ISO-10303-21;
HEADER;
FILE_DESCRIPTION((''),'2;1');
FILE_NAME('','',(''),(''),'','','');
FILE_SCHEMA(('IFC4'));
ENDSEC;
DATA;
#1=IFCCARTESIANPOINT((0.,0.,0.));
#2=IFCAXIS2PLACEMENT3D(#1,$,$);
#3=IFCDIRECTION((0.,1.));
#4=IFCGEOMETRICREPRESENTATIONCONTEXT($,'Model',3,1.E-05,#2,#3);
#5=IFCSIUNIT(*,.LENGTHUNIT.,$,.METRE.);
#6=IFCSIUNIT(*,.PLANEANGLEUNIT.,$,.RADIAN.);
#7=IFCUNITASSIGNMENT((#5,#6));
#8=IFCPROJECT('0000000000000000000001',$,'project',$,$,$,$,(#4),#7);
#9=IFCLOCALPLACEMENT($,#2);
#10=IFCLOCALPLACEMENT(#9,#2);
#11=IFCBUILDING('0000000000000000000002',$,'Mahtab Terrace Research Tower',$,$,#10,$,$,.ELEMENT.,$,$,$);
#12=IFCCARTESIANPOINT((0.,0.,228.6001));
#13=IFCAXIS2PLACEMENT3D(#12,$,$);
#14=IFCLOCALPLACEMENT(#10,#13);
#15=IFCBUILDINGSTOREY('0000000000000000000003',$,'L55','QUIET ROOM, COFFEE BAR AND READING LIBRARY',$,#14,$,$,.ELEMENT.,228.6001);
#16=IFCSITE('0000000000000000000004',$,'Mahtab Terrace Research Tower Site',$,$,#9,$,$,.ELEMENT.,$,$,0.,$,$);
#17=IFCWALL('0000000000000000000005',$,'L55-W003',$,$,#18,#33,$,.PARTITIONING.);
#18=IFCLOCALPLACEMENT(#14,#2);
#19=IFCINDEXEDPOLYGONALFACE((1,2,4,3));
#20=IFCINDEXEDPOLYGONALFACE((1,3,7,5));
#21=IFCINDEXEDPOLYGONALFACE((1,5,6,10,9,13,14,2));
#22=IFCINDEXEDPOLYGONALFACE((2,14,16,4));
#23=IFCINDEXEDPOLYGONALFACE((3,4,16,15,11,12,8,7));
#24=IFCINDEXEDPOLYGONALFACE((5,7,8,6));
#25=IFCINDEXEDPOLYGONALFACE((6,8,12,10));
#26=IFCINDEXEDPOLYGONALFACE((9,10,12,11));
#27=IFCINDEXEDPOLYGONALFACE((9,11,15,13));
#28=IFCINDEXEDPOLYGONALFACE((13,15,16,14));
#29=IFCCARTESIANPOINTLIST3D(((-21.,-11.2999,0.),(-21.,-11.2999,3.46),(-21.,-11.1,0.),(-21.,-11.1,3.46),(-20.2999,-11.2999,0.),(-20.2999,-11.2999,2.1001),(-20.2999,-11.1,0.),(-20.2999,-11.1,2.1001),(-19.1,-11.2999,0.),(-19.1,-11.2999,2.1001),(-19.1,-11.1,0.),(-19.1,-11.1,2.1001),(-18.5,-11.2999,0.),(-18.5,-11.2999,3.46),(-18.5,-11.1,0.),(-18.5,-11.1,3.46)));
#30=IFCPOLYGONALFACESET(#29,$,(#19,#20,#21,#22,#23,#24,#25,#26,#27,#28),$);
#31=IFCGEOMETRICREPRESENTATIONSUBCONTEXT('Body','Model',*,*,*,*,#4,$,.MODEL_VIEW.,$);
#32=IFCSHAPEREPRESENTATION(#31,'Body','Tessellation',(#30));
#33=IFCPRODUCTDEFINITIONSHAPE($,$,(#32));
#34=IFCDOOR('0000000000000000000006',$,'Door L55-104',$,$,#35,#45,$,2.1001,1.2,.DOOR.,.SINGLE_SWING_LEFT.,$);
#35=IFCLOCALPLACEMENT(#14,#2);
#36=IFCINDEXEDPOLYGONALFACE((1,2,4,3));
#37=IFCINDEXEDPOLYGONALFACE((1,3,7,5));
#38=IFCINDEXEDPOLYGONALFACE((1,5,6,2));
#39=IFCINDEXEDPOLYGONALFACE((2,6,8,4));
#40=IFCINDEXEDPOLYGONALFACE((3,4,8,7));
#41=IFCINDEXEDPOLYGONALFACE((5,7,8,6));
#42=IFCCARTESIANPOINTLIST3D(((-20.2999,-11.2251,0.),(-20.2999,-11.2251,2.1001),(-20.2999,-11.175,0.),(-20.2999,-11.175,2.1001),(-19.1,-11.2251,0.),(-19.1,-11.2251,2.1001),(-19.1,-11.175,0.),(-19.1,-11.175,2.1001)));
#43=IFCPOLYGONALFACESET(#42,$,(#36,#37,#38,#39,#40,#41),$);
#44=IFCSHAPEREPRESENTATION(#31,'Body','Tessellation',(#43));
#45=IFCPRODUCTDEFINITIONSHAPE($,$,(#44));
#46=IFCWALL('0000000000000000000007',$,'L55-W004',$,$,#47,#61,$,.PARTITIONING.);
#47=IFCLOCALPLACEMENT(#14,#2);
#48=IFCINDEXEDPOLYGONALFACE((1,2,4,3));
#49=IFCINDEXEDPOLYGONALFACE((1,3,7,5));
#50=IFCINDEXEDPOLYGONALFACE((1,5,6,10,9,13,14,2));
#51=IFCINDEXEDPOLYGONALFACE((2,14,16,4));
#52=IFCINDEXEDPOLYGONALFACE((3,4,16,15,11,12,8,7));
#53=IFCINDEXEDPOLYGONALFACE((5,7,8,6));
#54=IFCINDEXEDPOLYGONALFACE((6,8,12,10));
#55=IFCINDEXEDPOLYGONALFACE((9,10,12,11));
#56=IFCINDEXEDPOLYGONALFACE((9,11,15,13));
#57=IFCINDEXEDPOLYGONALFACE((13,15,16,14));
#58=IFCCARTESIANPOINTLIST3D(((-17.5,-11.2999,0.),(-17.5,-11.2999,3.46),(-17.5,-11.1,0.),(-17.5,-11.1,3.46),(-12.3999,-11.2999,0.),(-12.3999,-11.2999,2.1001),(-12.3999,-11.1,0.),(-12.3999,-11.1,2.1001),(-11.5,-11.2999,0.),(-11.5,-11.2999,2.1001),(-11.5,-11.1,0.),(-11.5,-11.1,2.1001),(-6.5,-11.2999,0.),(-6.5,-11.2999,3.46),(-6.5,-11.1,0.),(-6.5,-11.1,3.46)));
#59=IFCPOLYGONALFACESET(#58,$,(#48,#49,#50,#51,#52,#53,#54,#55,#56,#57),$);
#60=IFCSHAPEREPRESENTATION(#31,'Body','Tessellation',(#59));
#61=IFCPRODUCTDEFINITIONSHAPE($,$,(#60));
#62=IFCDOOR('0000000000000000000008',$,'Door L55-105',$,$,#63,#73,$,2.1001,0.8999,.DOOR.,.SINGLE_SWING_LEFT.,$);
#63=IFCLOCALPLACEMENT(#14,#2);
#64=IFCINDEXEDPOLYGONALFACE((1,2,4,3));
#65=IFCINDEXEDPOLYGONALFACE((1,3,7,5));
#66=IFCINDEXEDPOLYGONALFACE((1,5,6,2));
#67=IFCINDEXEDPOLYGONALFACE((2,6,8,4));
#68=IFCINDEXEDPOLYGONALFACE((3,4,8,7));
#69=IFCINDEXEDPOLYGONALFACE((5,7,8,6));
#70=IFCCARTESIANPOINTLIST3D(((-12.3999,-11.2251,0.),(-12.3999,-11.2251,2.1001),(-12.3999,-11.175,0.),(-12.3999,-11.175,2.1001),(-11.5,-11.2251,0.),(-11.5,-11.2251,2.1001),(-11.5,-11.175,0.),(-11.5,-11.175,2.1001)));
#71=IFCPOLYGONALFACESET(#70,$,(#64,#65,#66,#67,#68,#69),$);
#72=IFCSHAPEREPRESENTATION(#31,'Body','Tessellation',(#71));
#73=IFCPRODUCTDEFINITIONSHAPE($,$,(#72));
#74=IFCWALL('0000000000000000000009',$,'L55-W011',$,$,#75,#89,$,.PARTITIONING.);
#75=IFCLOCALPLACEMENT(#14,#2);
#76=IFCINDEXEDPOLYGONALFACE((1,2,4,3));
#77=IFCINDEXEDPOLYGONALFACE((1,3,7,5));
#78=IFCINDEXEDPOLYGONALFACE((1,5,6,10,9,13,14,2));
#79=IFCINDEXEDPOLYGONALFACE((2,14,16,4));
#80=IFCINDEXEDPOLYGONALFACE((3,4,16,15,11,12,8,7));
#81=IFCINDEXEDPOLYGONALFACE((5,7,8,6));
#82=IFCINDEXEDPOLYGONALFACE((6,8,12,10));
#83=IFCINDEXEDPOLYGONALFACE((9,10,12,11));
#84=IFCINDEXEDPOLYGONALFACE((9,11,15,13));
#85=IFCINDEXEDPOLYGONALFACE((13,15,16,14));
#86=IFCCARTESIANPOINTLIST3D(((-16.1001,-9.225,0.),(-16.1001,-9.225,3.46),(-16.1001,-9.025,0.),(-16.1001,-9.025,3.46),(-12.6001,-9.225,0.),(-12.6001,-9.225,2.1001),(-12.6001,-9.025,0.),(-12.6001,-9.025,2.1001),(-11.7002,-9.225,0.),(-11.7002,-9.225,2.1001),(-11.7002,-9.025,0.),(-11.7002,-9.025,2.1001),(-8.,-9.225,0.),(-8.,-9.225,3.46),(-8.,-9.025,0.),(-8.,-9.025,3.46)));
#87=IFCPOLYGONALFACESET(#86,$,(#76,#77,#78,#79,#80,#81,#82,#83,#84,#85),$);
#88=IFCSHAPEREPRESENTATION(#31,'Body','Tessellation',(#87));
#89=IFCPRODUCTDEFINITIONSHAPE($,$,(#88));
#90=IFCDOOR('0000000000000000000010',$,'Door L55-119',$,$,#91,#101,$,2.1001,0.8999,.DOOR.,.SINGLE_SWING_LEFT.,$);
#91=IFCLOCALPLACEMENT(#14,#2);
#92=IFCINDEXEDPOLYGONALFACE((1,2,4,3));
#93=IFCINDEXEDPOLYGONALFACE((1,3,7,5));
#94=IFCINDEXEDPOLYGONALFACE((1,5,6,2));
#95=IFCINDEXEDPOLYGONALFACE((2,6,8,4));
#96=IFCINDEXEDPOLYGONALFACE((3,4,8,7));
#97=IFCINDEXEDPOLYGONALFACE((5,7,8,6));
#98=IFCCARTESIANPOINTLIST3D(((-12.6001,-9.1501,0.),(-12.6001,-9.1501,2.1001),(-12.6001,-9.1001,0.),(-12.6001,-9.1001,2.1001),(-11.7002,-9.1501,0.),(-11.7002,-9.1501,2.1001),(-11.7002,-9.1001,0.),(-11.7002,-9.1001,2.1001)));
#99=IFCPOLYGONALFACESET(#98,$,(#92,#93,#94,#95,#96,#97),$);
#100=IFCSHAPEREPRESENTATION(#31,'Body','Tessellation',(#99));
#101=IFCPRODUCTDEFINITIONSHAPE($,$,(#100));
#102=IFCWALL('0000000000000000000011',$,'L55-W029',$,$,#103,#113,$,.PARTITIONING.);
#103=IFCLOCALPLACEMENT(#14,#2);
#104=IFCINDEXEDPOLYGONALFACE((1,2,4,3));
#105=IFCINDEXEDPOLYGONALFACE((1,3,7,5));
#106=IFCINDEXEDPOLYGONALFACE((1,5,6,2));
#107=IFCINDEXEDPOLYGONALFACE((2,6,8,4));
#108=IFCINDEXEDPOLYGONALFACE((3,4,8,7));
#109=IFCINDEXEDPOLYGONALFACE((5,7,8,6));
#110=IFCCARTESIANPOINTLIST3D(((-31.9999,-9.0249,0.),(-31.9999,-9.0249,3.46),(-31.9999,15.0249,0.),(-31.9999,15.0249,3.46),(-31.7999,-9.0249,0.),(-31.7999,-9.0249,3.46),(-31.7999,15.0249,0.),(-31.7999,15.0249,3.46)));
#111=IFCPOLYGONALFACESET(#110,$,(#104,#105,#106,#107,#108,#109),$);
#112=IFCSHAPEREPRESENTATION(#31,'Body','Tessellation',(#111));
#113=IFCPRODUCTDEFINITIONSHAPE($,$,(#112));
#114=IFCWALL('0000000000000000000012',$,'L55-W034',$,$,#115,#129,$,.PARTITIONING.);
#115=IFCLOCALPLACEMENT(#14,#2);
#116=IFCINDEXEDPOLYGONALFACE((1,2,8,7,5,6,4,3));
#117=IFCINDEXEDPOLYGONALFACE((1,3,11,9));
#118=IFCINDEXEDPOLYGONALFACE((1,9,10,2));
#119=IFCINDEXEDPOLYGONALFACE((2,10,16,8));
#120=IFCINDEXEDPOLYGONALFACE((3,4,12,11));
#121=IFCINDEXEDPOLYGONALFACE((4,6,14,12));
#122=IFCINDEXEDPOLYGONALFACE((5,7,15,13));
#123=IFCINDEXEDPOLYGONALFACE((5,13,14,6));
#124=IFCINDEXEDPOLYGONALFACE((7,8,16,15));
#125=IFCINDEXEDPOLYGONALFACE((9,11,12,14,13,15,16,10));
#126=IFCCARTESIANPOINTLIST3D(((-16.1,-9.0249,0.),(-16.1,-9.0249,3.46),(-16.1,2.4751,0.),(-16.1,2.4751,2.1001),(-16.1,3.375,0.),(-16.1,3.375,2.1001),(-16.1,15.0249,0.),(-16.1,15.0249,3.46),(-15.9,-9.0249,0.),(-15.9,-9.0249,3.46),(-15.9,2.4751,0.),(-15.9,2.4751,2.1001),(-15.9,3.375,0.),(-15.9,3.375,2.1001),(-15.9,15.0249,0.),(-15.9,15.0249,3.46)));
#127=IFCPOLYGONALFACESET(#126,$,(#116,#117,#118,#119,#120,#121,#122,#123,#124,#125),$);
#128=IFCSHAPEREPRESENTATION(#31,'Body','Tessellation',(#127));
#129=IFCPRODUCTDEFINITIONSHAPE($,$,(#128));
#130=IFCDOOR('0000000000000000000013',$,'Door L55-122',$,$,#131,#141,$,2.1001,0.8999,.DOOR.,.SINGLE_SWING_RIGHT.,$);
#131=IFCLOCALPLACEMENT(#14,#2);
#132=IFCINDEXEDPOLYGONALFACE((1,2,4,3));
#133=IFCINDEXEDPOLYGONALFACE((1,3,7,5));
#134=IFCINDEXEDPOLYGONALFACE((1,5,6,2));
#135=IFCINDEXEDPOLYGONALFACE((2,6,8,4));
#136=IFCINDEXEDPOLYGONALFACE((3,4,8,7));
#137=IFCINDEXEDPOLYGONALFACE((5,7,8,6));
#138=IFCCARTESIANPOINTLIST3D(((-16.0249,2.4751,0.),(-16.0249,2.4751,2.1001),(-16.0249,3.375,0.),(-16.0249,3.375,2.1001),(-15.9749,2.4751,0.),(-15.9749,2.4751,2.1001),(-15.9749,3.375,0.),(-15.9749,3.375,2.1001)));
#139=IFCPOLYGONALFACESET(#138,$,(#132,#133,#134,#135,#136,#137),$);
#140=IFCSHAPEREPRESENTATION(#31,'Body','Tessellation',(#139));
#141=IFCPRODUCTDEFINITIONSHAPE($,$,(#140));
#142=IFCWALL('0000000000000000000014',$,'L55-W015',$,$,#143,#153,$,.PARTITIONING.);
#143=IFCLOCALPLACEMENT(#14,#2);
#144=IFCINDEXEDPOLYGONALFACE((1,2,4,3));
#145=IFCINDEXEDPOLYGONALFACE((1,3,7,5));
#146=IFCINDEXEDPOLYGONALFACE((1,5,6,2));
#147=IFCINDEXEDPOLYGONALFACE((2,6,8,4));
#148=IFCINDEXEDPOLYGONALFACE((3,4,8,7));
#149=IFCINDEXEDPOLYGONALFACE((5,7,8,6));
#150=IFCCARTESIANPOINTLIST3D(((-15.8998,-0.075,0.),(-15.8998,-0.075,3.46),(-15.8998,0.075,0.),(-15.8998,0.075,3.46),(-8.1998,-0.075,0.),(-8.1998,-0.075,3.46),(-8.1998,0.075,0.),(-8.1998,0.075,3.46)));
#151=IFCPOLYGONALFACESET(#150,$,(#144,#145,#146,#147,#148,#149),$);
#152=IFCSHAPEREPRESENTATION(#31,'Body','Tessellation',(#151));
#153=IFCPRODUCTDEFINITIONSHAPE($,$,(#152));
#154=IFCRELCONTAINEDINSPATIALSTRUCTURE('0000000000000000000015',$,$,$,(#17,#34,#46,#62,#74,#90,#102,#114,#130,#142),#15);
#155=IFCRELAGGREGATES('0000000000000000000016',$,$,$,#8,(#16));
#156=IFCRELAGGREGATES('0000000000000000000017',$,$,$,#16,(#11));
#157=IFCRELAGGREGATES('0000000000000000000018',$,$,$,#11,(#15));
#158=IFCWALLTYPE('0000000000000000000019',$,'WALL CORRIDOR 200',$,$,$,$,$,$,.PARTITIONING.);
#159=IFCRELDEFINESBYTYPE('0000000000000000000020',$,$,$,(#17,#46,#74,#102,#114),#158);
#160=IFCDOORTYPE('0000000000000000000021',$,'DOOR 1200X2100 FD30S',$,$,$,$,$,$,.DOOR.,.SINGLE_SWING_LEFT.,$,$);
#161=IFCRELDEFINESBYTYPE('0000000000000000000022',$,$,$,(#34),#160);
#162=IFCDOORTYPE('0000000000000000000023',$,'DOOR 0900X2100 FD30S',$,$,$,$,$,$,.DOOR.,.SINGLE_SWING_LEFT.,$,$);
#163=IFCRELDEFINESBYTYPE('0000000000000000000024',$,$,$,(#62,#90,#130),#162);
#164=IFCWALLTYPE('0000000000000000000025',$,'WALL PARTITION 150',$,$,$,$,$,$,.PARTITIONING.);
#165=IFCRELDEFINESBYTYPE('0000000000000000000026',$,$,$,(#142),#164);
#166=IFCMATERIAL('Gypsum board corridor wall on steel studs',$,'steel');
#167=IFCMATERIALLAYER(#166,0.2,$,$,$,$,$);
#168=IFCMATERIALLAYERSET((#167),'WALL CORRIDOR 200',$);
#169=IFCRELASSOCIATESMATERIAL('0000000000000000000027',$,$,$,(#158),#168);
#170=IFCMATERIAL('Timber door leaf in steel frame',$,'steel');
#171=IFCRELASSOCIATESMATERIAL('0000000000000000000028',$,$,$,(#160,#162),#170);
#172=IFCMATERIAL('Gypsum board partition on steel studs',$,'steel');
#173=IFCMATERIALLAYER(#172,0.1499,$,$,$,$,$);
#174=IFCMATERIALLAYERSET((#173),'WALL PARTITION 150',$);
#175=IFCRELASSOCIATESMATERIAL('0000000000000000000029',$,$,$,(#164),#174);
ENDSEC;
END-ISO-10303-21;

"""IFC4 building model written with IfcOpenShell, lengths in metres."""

from ifc_helpers import new_model, si_unit, direction, frame, frame_2d, origin, place, context, subcontext, project, spatial, rectangle, extrude, material, layer, layer_set, type_object, element, fill, save


model = new_model("IFC4")

# Units and contexts
model_context = context("Model", 3, precision=1e-05, world=origin(), true_north=direction((0.0, 1.0)))
body_context = subcontext(model_context, "Body", "Model", "MODEL_VIEW")
ifc_project = project(units=[si_unit("LENGTHUNIT", "METRE"), si_unit("PLANEANGLEUNIT", "RADIAN")], contexts=[model_context])

# Site, building, storey
site_placement = place(None, origin())
site = spatial("IfcSite", under=ifc_project, at=site_placement, Name="Mahtab Terrace Research Tower Site", CompositionType="ELEMENT", RefElevation=0.0)
building_placement = place(site_placement, origin())
building = spatial("IfcBuilding", under=site, at=building_placement, Name="Mahtab Terrace Research Tower", CompositionType="ELEMENT")
storey_placement = place(building_placement, frame((0.0, 0.0, 228.6001)))
storey = spatial("IfcBuildingStorey", under=building, at=storey_placement, Name="L55", Description="QUIET ROOM, COFFEE BAR AND READING LIBRARY", CompositionType="ELEMENT", Elevation=228.6001)

# Walls, openings, doors
ifc_material_1 = material(Name="Gypsum board corridor wall on steel studs", Category="steel")
ifc_layer_1 = layer(ifc_material_1, 0.2)
ifc_layer_set_1 = layer_set([ifc_layer_1], Name="WALL CORRIDOR 200")
wall_type_1 = type_object("IfcWallType", Name="WALL CORRIDOR 200", PredefinedType="PARTITIONING", material=ifc_layer_set_1)
ifc_material_2 = material(Name="Timber door leaf in steel frame", Category="steel")
wall_1_placement = place(storey_placement, frame((-21.0, -11.2, 0.0), z_axis=(0.0, 0.0, 1.0), x_axis=(1.0, 0.0, 0.0)))
wall_1 = element("IfcWall", 1, at=wall_1_placement, inside=storey, type_object=wall_type_1, Name="L55-W003", PredefinedType="PARTITIONING", context=body_context, shape_type="SweptSolid", body=[
    extrude(rectangle(XDim=2.5, YDim=0.2, at=frame_2d((1.25, 0.0))), origin(), (0.0, 0.0, 1.0), 3.46),
])
opening_1_placement = place(wall_1_placement, frame((0.7, 0.0, 0.0)))
opening_1 = element("IfcOpeningElement", 2, at=opening_1_placement, cuts=wall_1, PredefinedType="OPENING", context=body_context, shape_type="SweptSolid", body=[
    extrude(rectangle(XDim=1.2, YDim=2.1001, at=frame_2d((0.6001, 1.05))), frame((0.0, 0.1099, 0.0), z_axis=(0.0, -1.0, 0.0), x_axis=(1.0, 0.0, 0.0)), (0.0, 0.0, 1.0), 0.22),
])
door_type_1 = type_object("IfcDoorType", Name="DOOR 1200X2100 FD30S", OperationType="SINGLE_SWING_LEFT", PredefinedType="DOOR", material=ifc_material_2)
door_1_placement = place(opening_1_placement, origin())
door_1 = element("IfcDoor", 3, at=door_1_placement, inside=storey, type_object=door_type_1, Name="Door L55-104", OperationType="SINGLE_SWING_LEFT", OverallHeight=2.1001, OverallWidth=1.2, PredefinedType="DOOR", context=body_context, shape_type="SweptSolid", body=[
    extrude(rectangle(XDim=1.2, YDim=2.1001, at=frame_2d((0.6001, 1.05))), frame((0.0, 0.0249, 0.0), z_axis=(0.0, -1.0, 0.0), x_axis=(1.0, 0.0, 0.0)), (0.0, 0.0, 1.0), 0.05),
])
fill(opening_1, door_1)
wall_2_placement = place(storey_placement, frame((-17.5, -11.2, 0.0), z_axis=(0.0, 0.0, 1.0), x_axis=(1.0, 0.0, 0.0)))
wall_2 = element("IfcWall", 4, at=wall_2_placement, inside=storey, type_object=wall_type_1, Name="L55-W004", PredefinedType="PARTITIONING", context=body_context, shape_type="SweptSolid", body=[
    extrude(rectangle(XDim=11.0, YDim=0.2, at=frame_2d((5.5, 0.0))), origin(), (0.0, 0.0, 1.0), 3.46),
])
opening_2_placement = place(wall_2_placement, frame((5.1001, 0.0, 0.0)))
opening_2 = element("IfcOpeningElement", 5, at=opening_2_placement, cuts=wall_2, PredefinedType="OPENING", context=body_context, shape_type="SweptSolid", body=[
    extrude(rectangle(XDim=0.8999, YDim=2.1001, at=frame_2d((0.45, 1.05))), frame((0.0, 0.1099, 0.0), z_axis=(0.0, -1.0, 0.0), x_axis=(1.0, 0.0, 0.0)), (0.0, 0.0, 1.0), 0.22),
])
door_type_2 = type_object("IfcDoorType", Name="DOOR 0900X2100 FD30S", OperationType="SINGLE_SWING_LEFT", PredefinedType="DOOR", material=ifc_material_2)
door_2_placement = place(opening_2_placement, origin())
door_2 = element("IfcDoor", 6, at=door_2_placement, inside=storey, type_object=door_type_2, Name="Door L55-105", OperationType="SINGLE_SWING_LEFT", OverallHeight=2.1001, OverallWidth=0.8999, PredefinedType="DOOR", context=body_context, shape_type="SweptSolid", body=[
    extrude(rectangle(XDim=0.8999, YDim=2.1001, at=frame_2d((0.45, 1.05))), frame((0.0, 0.0249, 0.0), z_axis=(0.0, -1.0, 0.0), x_axis=(1.0, 0.0, 0.0)), (0.0, 0.0, 1.0), 0.05),
])
fill(opening_2, door_2)
wall_3_placement = place(storey_placement, frame((-16.1001, -9.125, 0.0), z_axis=(0.0, 0.0, 1.0), x_axis=(1.0, 0.0, 0.0)))
wall_3 = element("IfcWall", 7, at=wall_3_placement, inside=storey, type_object=wall_type_1, Name="L55-W011", PredefinedType="PARTITIONING", context=body_context, shape_type="SweptSolid", body=[
    extrude(rectangle(XDim=8.1001, YDim=0.2, at=frame_2d((4.05, 0.0))), origin(), (0.0, 0.0, 1.0), 3.46),
])
opening_3_placement = place(wall_3_placement, frame((3.5, 0.0, 0.0)))
opening_3 = element("IfcOpeningElement", 8, at=opening_3_placement, cuts=wall_3, PredefinedType="OPENING", context=body_context, shape_type="SweptSolid", body=[
    extrude(rectangle(XDim=0.8999, YDim=2.1001, at=frame_2d((0.45, 1.05))), frame((0.0, 0.1099, 0.0), z_axis=(0.0, -1.0, 0.0), x_axis=(1.0, 0.0, 0.0)), (0.0, 0.0, 1.0), 0.22),
])
door_3_placement = place(opening_3_placement, origin())
door_3 = element("IfcDoor", 9, at=door_3_placement, inside=storey, type_object=door_type_2, Name="Door L55-119", OperationType="SINGLE_SWING_LEFT", OverallHeight=2.1001, OverallWidth=0.8999, PredefinedType="DOOR", context=body_context, shape_type="SweptSolid", body=[
    extrude(rectangle(XDim=0.8999, YDim=2.1001, at=frame_2d((0.45, 1.05))), frame((0.0, 0.0249, 0.0), z_axis=(0.0, -1.0, 0.0), x_axis=(1.0, 0.0, 0.0)), (0.0, 0.0, 1.0), 0.05),
])
fill(opening_3, door_3)

# Wall
wall_4_placement = place(storey_placement, frame((-31.8999, -9.0249, 0.0), z_axis=(0.0, 0.0, 1.0), x_axis=(0.0, 1.0, 0.0)))
element("IfcWall", 10, at=wall_4_placement, inside=storey, type_object=wall_type_1, Name="L55-W029", PredefinedType="PARTITIONING", context=body_context, shape_type="SweptSolid", body=[
    extrude(rectangle(XDim=24.0498, YDim=0.2, at=frame_2d((12.0249, 0.0))), origin(), (0.0, 0.0, 1.0), 3.46),
])

# Wall, opening, door
wall_5_placement = place(storey_placement, frame((-16.0, -9.0249, 0.0), z_axis=(0.0, 0.0, 1.0), x_axis=(0.0, 1.0, 0.0)))
wall_5 = element("IfcWall", 11, at=wall_5_placement, inside=storey, type_object=wall_type_1, Name="L55-W034", PredefinedType="PARTITIONING", context=body_context, shape_type="SweptSolid", body=[
    extrude(rectangle(XDim=24.0498, YDim=0.2, at=frame_2d((12.0249, 0.0))), origin(), (0.0, 0.0, 1.0), 3.46),
])
opening_4_placement = place(wall_5_placement, frame((11.5, 0.0, 0.0)))
opening_4 = element("IfcOpeningElement", 12, at=opening_4_placement, cuts=wall_5, PredefinedType="OPENING", context=body_context, shape_type="SweptSolid", body=[
    extrude(rectangle(XDim=0.8999, YDim=2.1001, at=frame_2d((0.45, 1.05))), frame((0.0, 0.1099, 0.0), z_axis=(0.0, -1.0, 0.0), x_axis=(1.0, 0.0, 0.0)), (0.0, 0.0, 1.0), 0.22),
])
door_4_placement = place(opening_4_placement, origin())
door_4 = element("IfcDoor", 13, at=door_4_placement, inside=storey, type_object=door_type_2, Name="Door L55-122", OperationType="SINGLE_SWING_RIGHT", OverallHeight=2.1001, OverallWidth=0.8999, PredefinedType="DOOR", context=body_context, shape_type="SweptSolid", body=[
    extrude(rectangle(XDim=0.8999, YDim=2.1001, at=frame_2d((0.45, 1.05))), frame((0.0, 0.0249, 0.0), z_axis=(0.0, -1.0, 0.0), x_axis=(1.0, 0.0, 0.0)), (0.0, 0.0, 1.0), 0.05),
])
fill(opening_4, door_4)

# Wall
ifc_material_3 = material(Name="Gypsum board partition on steel studs", Category="steel")
ifc_layer_2 = layer(ifc_material_3, 0.1499)
ifc_layer_set_2 = layer_set([ifc_layer_2], Name="WALL PARTITION 150")
wall_type_2 = type_object("IfcWallType", Name="WALL PARTITION 150", PredefinedType="PARTITIONING", material=ifc_layer_set_2)
wall_6_placement = place(storey_placement, frame((-15.8999, 0.0, 0.0), z_axis=(0.0, 0.0, 1.0), x_axis=(1.0, 0.0, 0.0)))
element("IfcWall", 14, at=wall_6_placement, inside=storey, type_object=wall_type_2, Name="L55-W015", PredefinedType="PARTITIONING", context=body_context, shape_type="SweptSolid", body=[
    extrude(rectangle(XDim=7.7, YDim=0.1499, at=frame_2d((3.8501, 0.0))), origin(), (0.0, 0.0, 1.0), 3.46),
])

save(model, "model.ifc")
